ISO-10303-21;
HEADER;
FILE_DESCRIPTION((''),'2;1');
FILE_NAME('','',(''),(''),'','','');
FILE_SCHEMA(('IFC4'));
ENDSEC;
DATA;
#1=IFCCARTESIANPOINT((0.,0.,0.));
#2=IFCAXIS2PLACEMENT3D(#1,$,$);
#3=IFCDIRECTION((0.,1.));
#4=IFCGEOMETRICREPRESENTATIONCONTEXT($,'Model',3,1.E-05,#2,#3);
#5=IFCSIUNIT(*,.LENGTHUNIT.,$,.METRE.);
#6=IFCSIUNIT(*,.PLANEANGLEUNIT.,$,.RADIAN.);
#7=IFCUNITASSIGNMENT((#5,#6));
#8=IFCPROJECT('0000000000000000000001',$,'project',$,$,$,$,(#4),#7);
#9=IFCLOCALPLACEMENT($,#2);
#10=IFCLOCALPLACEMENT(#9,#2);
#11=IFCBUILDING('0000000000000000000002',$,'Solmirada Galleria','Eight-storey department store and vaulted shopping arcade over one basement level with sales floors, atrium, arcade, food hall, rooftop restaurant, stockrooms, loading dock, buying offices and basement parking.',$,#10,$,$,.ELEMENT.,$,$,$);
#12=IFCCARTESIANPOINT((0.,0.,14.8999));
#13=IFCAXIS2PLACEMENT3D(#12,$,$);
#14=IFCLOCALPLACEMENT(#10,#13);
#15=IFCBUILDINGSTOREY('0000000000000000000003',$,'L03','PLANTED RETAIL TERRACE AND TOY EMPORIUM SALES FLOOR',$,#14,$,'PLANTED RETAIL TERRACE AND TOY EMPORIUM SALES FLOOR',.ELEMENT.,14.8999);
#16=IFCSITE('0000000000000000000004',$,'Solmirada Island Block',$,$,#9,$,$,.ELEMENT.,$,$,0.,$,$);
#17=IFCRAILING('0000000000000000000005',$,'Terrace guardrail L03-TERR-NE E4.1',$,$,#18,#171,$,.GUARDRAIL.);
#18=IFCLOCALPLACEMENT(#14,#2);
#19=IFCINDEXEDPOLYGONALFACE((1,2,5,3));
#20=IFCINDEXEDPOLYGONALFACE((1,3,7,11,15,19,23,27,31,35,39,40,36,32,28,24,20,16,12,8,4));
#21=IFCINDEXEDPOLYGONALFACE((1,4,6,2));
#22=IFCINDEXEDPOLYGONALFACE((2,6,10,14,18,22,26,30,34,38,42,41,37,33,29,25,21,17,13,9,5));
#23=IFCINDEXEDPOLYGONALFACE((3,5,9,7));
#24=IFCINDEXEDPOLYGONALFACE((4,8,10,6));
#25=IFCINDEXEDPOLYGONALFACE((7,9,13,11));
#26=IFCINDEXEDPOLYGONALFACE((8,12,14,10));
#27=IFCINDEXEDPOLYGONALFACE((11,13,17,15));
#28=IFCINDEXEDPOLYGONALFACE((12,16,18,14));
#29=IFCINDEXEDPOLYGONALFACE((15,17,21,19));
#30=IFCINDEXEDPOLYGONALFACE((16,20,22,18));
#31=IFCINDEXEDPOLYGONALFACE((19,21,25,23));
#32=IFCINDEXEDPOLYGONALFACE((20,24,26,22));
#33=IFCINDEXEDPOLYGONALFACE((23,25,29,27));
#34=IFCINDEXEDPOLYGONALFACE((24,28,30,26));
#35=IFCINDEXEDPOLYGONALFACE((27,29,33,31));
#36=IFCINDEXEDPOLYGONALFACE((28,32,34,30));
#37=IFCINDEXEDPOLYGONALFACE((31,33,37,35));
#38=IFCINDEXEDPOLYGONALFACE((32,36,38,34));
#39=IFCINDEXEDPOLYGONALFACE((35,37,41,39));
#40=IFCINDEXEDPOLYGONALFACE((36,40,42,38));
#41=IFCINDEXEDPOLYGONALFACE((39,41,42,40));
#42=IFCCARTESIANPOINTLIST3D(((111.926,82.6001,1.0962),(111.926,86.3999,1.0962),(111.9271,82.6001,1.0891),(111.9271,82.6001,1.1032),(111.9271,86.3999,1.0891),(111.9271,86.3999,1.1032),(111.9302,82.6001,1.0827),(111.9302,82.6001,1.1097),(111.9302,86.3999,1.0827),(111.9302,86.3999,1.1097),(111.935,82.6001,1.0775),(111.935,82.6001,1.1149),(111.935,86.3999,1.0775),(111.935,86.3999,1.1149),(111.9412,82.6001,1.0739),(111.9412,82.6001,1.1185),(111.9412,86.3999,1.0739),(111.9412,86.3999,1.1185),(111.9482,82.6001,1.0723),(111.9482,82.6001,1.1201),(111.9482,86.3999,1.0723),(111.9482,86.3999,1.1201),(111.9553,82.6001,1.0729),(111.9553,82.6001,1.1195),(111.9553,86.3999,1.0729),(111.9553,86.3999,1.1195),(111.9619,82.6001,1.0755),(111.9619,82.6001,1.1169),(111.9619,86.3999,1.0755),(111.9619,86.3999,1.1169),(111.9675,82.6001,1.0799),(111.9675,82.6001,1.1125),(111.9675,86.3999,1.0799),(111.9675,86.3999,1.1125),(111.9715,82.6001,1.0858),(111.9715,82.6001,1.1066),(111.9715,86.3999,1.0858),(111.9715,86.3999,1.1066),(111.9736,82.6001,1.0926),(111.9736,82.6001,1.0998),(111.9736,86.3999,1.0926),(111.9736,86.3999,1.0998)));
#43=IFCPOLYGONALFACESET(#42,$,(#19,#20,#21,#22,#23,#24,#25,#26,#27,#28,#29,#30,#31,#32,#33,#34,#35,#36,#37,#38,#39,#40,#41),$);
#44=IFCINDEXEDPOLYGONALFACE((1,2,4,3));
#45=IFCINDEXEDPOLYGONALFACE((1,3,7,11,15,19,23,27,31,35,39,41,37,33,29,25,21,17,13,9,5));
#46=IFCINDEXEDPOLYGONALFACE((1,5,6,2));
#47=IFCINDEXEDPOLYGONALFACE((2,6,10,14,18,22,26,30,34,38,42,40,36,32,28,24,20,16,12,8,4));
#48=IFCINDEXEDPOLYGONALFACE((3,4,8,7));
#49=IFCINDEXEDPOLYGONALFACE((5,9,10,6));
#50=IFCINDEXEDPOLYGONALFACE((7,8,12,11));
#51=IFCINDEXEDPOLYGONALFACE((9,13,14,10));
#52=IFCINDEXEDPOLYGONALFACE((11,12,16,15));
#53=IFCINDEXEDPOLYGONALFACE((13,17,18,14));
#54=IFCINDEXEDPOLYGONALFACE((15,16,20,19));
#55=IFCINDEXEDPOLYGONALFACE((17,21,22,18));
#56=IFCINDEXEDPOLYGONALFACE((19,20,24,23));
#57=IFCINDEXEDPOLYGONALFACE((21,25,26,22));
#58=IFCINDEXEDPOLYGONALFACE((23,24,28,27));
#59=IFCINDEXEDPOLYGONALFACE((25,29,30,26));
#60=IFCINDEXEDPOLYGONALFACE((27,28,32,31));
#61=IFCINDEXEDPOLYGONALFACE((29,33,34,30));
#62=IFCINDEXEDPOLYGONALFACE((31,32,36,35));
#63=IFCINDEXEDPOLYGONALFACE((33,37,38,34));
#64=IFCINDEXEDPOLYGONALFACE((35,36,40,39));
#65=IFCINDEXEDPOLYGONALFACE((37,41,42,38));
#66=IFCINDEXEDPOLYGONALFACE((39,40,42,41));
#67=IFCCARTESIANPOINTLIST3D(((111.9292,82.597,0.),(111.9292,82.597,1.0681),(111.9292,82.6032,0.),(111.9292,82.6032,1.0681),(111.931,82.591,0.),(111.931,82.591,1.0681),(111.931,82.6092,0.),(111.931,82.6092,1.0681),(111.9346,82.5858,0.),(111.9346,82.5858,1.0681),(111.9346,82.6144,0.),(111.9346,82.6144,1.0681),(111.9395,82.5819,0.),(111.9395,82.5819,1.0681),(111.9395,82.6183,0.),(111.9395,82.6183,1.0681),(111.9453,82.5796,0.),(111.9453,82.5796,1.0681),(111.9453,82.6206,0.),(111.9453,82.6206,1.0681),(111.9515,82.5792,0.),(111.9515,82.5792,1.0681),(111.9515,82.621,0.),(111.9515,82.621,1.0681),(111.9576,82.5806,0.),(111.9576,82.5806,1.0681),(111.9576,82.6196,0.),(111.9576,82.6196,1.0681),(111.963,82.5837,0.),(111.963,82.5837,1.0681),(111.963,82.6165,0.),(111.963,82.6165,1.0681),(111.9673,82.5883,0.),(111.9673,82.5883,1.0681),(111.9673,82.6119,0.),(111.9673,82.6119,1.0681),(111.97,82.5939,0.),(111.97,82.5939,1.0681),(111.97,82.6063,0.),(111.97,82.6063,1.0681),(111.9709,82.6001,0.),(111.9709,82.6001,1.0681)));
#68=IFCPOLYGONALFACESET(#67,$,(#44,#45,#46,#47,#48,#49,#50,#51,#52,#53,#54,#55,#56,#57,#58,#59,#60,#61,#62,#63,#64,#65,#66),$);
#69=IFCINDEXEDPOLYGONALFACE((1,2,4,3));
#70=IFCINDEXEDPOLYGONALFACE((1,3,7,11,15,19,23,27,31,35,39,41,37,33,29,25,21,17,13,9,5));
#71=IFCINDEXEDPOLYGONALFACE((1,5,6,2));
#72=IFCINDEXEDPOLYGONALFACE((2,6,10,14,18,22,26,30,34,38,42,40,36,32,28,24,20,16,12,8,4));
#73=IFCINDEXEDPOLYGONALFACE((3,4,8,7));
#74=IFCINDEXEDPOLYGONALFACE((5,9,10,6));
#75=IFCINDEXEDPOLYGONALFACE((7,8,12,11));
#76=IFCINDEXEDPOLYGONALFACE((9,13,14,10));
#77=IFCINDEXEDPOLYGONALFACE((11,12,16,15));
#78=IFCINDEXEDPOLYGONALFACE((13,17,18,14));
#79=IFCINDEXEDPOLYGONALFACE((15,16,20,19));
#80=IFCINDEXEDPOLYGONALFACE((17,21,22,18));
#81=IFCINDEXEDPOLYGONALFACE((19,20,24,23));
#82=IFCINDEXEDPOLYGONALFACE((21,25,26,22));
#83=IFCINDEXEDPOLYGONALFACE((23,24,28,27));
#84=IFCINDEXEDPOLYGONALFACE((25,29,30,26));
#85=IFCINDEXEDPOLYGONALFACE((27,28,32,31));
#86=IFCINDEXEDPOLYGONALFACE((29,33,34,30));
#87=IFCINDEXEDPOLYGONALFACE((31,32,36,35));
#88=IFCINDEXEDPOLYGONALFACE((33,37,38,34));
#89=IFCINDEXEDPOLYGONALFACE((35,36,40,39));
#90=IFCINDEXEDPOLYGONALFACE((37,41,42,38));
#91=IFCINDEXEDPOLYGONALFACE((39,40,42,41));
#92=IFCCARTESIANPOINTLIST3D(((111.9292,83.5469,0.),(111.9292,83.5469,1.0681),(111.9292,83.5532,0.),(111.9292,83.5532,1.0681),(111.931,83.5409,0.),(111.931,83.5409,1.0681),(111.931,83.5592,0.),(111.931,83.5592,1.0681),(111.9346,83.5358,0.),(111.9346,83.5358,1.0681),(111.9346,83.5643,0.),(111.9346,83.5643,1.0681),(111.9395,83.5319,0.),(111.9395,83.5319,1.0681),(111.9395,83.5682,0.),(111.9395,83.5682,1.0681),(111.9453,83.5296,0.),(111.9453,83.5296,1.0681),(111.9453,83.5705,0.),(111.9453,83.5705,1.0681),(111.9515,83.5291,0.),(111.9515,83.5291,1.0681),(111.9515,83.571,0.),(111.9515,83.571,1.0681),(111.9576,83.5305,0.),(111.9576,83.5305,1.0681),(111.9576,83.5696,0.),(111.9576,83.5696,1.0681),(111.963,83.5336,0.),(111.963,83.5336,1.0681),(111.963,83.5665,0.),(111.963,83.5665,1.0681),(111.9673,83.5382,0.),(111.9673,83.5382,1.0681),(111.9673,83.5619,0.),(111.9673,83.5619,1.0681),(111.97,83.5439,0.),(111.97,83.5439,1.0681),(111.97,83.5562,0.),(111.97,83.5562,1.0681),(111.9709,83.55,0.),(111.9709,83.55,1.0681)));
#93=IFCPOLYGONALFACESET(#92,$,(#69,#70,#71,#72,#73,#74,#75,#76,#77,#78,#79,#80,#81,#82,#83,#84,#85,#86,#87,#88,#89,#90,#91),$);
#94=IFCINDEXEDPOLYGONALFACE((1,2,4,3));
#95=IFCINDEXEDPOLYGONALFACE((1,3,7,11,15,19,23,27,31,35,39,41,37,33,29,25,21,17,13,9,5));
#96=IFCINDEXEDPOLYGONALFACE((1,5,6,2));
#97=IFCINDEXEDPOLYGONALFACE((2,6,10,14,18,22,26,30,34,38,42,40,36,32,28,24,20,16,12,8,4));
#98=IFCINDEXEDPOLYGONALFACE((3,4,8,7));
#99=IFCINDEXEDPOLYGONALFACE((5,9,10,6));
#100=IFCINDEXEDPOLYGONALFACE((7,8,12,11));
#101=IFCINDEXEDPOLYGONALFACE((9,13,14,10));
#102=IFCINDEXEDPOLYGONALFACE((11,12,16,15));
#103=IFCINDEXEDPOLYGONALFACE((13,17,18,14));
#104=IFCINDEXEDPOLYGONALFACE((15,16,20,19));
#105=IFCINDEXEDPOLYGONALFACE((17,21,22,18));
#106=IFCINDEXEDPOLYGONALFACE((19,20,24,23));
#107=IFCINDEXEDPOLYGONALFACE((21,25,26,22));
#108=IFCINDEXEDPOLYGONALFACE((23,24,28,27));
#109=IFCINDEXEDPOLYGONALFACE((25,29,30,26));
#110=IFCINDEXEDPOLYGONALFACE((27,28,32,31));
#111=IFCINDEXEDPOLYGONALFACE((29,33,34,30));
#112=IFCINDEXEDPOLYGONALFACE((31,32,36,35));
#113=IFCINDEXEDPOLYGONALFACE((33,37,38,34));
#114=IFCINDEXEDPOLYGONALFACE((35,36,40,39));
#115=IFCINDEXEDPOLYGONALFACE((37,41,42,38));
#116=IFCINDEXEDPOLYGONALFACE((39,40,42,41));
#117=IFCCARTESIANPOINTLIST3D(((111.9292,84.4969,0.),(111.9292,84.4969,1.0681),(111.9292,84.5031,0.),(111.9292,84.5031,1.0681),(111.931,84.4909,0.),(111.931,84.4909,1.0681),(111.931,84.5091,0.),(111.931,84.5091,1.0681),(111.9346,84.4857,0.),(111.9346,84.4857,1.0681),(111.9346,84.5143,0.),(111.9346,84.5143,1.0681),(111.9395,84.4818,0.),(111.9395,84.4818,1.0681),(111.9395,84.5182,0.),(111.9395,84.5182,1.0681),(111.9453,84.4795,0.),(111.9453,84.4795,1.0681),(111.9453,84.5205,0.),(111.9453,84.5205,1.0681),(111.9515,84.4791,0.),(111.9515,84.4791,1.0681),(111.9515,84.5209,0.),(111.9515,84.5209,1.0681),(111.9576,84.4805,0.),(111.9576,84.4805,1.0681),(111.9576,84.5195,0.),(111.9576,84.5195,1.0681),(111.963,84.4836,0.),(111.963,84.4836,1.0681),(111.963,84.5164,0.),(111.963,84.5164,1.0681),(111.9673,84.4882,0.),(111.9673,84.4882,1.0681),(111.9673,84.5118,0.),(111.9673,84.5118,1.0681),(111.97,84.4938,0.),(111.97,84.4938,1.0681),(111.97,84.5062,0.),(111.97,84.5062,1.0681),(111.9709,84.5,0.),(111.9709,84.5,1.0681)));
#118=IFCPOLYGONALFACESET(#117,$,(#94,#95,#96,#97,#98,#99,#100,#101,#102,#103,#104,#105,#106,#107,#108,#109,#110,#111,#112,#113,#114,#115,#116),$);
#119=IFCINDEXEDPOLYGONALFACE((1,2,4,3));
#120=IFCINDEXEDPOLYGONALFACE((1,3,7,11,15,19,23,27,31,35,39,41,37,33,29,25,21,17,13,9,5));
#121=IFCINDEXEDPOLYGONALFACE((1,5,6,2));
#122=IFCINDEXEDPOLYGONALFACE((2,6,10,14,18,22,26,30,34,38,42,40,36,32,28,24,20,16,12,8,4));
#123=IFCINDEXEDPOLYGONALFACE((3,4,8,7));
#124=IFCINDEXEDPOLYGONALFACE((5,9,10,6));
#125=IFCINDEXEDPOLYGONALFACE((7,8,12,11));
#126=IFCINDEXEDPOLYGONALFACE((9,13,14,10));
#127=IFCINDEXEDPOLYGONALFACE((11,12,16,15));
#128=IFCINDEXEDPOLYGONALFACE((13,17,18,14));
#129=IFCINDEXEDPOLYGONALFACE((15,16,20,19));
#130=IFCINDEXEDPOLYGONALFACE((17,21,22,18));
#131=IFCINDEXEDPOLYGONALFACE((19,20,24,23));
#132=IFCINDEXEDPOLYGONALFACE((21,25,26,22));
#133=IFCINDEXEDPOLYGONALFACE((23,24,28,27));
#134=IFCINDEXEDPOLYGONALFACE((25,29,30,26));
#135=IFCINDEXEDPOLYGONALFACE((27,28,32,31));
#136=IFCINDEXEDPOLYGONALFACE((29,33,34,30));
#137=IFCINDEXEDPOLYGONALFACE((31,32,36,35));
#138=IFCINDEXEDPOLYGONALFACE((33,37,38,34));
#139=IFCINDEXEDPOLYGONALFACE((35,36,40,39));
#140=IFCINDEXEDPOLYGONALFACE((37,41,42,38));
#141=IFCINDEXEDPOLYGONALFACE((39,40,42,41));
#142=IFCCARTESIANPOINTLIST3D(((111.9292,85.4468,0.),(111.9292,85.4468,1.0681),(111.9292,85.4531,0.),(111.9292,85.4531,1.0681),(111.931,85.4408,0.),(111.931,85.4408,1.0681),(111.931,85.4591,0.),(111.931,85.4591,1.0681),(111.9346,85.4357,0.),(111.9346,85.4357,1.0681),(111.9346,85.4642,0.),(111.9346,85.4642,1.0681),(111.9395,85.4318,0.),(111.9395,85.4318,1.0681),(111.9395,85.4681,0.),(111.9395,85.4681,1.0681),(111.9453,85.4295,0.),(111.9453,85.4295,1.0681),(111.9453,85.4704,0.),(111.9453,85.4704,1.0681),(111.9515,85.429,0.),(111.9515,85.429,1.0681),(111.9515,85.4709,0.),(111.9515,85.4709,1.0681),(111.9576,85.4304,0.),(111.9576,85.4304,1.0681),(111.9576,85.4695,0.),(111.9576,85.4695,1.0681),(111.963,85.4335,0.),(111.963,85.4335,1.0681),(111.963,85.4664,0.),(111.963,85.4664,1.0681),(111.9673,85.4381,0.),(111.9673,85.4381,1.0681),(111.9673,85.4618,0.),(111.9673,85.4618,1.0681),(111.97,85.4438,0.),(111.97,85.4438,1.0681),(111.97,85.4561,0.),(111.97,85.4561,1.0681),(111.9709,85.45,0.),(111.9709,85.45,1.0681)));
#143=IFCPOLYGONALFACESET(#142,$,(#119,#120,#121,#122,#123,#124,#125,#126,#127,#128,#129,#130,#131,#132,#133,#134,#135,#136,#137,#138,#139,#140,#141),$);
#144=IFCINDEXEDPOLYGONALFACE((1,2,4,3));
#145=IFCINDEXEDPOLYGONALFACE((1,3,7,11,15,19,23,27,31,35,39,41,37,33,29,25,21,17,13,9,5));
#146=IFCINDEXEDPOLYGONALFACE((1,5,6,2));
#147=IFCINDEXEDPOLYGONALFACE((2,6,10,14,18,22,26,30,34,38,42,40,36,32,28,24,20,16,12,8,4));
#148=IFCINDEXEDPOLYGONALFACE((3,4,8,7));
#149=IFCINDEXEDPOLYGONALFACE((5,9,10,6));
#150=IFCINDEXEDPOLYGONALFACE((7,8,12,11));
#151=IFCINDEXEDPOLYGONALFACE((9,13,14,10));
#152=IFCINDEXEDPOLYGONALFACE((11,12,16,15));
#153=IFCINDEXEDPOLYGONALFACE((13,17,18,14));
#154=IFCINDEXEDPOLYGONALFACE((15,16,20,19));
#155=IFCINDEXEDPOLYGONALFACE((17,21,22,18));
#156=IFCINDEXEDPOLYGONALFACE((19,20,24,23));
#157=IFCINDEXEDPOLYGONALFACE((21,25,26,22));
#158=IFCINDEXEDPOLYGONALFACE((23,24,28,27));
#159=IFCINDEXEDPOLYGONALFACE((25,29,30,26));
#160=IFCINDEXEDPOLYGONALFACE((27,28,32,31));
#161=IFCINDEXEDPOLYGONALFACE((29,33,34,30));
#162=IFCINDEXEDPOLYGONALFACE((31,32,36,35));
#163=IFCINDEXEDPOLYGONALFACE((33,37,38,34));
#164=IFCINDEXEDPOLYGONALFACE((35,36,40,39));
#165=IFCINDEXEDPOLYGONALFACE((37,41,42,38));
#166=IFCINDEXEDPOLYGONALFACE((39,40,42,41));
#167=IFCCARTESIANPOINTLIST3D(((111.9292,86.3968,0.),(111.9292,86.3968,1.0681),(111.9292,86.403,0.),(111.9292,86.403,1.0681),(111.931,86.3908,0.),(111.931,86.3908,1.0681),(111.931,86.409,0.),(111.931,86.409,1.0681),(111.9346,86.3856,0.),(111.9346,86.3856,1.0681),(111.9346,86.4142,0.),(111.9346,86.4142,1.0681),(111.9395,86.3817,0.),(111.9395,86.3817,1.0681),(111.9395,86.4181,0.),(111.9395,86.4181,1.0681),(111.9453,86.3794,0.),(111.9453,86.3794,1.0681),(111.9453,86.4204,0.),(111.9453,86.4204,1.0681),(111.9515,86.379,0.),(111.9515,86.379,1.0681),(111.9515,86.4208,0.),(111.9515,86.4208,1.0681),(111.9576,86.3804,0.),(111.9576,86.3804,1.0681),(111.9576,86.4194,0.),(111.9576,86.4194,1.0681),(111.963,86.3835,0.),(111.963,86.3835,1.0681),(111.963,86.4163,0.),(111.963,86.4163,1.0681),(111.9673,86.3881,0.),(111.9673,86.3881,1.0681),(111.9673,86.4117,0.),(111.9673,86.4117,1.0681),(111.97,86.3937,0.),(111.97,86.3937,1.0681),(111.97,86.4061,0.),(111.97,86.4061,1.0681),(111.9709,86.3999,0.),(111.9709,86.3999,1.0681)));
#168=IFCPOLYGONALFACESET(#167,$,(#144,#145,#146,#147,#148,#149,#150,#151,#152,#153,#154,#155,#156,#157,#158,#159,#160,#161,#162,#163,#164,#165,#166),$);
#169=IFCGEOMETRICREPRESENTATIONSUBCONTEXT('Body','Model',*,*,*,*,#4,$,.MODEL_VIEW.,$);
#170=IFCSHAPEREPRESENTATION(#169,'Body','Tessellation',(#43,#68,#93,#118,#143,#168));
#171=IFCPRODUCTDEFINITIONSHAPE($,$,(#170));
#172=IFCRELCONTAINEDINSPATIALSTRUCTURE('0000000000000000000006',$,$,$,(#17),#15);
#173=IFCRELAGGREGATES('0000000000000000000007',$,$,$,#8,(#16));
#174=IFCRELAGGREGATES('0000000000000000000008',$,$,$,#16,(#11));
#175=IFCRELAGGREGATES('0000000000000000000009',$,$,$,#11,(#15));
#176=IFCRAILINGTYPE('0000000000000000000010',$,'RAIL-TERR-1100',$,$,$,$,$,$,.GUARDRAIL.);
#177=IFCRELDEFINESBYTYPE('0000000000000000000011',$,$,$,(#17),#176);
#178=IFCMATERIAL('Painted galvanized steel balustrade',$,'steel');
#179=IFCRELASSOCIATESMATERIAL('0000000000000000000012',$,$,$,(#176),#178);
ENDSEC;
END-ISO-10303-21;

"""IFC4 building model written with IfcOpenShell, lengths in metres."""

from ifc_helpers import new_model, si_unit, direction, frame, origin, origin_2d, place, context, subcontext, project, spatial, circle, extrude, material, type_object, element, save


model = new_model("IFC4")

# Units and contexts
model_context = context("Model", 3, precision=1e-05, world=origin(), true_north=direction((0.0, 1.0)))
body_context = subcontext(model_context, "Body", "Model", "MODEL_VIEW")
ifc_project = project(units=[si_unit("LENGTHUNIT", "METRE"), si_unit("PLANEANGLEUNIT", "RADIAN")], contexts=[model_context])

# Site, building, storey
site_placement = place(None, origin())
site = spatial("IfcSite", under=ifc_project, at=site_placement, Name="Solmirada Island Block", CompositionType="ELEMENT", RefElevation=0.0)
building_placement = place(site_placement, origin())
building = spatial("IfcBuilding", under=site, at=building_placement, Name="Solmirada Galleria", Description="Eight-storey department store and vaulted shopping arcade over one basement level with sales floors, atrium, arcade, food hall, rooftop restaurant, stockrooms, loading dock, buying offices and basement parking.", CompositionType="ELEMENT")
storey_placement = place(building_placement, frame((0.0, 0.0, 14.8999)))
storey = spatial("IfcBuildingStorey", under=building, at=storey_placement, Name="L03", Description="PLANTED RETAIL TERRACE AND TOY EMPORIUM SALES FLOOR", LongName="PLANTED RETAIL TERRACE AND TOY EMPORIUM SALES FLOOR", CompositionType="ELEMENT", Elevation=14.8999)

# Railing
ifc_material_1 = material(Name="Painted galvanized steel balustrade", Category="steel")
railing_type = type_object("IfcRailingType", Name="RAIL-TERR-1100", PredefinedType="GUARDRAIL", material=ifc_material_1)
railing_1_placement = place(storey_placement, frame((111.95, 82.6001, 0.0)))
element("IfcRailing", 1, at=railing_1_placement, inside=storey, type_object=railing_type, Name="Terrace guardrail L03-TERR-NE E4.1", PredefinedType="GUARDRAIL", context=body_context, shape_type="SweptSolid", body=[
    extrude(circle(Radius=0.0239, at=origin_2d()), frame((0.0, 0.0, 1.0962), z_axis=(0.0, 1.0, 0.0), x_axis=(-1.0, 0.0, 0.0)), (0.0, 0.0, 1.0), 3.7998),
    extrude(circle(Radius=0.021, at=origin_2d()), origin(), (0.0, 0.0, 1.0), 1.0681),
    extrude(circle(Radius=0.021, at=origin_2d()), frame((0.0, 0.95, 0.0)), (0.0, 0.0, 1.0), 1.0681),
    extrude(circle(Radius=0.021, at=origin_2d()), frame((0.0, 1.8999, 0.0)), (0.0, 0.0, 1.0), 1.0681),
    extrude(circle(Radius=0.021, at=origin_2d()), frame((0.0, 2.8499, 0.0)), (0.0, 0.0, 1.0), 1.0681),
    extrude(circle(Radius=0.021, at=origin_2d()), frame((0.0, 3.7998, 0.0)), (0.0, 0.0, 1.0), 1.0681),
])

save(model, "model.ifc")
